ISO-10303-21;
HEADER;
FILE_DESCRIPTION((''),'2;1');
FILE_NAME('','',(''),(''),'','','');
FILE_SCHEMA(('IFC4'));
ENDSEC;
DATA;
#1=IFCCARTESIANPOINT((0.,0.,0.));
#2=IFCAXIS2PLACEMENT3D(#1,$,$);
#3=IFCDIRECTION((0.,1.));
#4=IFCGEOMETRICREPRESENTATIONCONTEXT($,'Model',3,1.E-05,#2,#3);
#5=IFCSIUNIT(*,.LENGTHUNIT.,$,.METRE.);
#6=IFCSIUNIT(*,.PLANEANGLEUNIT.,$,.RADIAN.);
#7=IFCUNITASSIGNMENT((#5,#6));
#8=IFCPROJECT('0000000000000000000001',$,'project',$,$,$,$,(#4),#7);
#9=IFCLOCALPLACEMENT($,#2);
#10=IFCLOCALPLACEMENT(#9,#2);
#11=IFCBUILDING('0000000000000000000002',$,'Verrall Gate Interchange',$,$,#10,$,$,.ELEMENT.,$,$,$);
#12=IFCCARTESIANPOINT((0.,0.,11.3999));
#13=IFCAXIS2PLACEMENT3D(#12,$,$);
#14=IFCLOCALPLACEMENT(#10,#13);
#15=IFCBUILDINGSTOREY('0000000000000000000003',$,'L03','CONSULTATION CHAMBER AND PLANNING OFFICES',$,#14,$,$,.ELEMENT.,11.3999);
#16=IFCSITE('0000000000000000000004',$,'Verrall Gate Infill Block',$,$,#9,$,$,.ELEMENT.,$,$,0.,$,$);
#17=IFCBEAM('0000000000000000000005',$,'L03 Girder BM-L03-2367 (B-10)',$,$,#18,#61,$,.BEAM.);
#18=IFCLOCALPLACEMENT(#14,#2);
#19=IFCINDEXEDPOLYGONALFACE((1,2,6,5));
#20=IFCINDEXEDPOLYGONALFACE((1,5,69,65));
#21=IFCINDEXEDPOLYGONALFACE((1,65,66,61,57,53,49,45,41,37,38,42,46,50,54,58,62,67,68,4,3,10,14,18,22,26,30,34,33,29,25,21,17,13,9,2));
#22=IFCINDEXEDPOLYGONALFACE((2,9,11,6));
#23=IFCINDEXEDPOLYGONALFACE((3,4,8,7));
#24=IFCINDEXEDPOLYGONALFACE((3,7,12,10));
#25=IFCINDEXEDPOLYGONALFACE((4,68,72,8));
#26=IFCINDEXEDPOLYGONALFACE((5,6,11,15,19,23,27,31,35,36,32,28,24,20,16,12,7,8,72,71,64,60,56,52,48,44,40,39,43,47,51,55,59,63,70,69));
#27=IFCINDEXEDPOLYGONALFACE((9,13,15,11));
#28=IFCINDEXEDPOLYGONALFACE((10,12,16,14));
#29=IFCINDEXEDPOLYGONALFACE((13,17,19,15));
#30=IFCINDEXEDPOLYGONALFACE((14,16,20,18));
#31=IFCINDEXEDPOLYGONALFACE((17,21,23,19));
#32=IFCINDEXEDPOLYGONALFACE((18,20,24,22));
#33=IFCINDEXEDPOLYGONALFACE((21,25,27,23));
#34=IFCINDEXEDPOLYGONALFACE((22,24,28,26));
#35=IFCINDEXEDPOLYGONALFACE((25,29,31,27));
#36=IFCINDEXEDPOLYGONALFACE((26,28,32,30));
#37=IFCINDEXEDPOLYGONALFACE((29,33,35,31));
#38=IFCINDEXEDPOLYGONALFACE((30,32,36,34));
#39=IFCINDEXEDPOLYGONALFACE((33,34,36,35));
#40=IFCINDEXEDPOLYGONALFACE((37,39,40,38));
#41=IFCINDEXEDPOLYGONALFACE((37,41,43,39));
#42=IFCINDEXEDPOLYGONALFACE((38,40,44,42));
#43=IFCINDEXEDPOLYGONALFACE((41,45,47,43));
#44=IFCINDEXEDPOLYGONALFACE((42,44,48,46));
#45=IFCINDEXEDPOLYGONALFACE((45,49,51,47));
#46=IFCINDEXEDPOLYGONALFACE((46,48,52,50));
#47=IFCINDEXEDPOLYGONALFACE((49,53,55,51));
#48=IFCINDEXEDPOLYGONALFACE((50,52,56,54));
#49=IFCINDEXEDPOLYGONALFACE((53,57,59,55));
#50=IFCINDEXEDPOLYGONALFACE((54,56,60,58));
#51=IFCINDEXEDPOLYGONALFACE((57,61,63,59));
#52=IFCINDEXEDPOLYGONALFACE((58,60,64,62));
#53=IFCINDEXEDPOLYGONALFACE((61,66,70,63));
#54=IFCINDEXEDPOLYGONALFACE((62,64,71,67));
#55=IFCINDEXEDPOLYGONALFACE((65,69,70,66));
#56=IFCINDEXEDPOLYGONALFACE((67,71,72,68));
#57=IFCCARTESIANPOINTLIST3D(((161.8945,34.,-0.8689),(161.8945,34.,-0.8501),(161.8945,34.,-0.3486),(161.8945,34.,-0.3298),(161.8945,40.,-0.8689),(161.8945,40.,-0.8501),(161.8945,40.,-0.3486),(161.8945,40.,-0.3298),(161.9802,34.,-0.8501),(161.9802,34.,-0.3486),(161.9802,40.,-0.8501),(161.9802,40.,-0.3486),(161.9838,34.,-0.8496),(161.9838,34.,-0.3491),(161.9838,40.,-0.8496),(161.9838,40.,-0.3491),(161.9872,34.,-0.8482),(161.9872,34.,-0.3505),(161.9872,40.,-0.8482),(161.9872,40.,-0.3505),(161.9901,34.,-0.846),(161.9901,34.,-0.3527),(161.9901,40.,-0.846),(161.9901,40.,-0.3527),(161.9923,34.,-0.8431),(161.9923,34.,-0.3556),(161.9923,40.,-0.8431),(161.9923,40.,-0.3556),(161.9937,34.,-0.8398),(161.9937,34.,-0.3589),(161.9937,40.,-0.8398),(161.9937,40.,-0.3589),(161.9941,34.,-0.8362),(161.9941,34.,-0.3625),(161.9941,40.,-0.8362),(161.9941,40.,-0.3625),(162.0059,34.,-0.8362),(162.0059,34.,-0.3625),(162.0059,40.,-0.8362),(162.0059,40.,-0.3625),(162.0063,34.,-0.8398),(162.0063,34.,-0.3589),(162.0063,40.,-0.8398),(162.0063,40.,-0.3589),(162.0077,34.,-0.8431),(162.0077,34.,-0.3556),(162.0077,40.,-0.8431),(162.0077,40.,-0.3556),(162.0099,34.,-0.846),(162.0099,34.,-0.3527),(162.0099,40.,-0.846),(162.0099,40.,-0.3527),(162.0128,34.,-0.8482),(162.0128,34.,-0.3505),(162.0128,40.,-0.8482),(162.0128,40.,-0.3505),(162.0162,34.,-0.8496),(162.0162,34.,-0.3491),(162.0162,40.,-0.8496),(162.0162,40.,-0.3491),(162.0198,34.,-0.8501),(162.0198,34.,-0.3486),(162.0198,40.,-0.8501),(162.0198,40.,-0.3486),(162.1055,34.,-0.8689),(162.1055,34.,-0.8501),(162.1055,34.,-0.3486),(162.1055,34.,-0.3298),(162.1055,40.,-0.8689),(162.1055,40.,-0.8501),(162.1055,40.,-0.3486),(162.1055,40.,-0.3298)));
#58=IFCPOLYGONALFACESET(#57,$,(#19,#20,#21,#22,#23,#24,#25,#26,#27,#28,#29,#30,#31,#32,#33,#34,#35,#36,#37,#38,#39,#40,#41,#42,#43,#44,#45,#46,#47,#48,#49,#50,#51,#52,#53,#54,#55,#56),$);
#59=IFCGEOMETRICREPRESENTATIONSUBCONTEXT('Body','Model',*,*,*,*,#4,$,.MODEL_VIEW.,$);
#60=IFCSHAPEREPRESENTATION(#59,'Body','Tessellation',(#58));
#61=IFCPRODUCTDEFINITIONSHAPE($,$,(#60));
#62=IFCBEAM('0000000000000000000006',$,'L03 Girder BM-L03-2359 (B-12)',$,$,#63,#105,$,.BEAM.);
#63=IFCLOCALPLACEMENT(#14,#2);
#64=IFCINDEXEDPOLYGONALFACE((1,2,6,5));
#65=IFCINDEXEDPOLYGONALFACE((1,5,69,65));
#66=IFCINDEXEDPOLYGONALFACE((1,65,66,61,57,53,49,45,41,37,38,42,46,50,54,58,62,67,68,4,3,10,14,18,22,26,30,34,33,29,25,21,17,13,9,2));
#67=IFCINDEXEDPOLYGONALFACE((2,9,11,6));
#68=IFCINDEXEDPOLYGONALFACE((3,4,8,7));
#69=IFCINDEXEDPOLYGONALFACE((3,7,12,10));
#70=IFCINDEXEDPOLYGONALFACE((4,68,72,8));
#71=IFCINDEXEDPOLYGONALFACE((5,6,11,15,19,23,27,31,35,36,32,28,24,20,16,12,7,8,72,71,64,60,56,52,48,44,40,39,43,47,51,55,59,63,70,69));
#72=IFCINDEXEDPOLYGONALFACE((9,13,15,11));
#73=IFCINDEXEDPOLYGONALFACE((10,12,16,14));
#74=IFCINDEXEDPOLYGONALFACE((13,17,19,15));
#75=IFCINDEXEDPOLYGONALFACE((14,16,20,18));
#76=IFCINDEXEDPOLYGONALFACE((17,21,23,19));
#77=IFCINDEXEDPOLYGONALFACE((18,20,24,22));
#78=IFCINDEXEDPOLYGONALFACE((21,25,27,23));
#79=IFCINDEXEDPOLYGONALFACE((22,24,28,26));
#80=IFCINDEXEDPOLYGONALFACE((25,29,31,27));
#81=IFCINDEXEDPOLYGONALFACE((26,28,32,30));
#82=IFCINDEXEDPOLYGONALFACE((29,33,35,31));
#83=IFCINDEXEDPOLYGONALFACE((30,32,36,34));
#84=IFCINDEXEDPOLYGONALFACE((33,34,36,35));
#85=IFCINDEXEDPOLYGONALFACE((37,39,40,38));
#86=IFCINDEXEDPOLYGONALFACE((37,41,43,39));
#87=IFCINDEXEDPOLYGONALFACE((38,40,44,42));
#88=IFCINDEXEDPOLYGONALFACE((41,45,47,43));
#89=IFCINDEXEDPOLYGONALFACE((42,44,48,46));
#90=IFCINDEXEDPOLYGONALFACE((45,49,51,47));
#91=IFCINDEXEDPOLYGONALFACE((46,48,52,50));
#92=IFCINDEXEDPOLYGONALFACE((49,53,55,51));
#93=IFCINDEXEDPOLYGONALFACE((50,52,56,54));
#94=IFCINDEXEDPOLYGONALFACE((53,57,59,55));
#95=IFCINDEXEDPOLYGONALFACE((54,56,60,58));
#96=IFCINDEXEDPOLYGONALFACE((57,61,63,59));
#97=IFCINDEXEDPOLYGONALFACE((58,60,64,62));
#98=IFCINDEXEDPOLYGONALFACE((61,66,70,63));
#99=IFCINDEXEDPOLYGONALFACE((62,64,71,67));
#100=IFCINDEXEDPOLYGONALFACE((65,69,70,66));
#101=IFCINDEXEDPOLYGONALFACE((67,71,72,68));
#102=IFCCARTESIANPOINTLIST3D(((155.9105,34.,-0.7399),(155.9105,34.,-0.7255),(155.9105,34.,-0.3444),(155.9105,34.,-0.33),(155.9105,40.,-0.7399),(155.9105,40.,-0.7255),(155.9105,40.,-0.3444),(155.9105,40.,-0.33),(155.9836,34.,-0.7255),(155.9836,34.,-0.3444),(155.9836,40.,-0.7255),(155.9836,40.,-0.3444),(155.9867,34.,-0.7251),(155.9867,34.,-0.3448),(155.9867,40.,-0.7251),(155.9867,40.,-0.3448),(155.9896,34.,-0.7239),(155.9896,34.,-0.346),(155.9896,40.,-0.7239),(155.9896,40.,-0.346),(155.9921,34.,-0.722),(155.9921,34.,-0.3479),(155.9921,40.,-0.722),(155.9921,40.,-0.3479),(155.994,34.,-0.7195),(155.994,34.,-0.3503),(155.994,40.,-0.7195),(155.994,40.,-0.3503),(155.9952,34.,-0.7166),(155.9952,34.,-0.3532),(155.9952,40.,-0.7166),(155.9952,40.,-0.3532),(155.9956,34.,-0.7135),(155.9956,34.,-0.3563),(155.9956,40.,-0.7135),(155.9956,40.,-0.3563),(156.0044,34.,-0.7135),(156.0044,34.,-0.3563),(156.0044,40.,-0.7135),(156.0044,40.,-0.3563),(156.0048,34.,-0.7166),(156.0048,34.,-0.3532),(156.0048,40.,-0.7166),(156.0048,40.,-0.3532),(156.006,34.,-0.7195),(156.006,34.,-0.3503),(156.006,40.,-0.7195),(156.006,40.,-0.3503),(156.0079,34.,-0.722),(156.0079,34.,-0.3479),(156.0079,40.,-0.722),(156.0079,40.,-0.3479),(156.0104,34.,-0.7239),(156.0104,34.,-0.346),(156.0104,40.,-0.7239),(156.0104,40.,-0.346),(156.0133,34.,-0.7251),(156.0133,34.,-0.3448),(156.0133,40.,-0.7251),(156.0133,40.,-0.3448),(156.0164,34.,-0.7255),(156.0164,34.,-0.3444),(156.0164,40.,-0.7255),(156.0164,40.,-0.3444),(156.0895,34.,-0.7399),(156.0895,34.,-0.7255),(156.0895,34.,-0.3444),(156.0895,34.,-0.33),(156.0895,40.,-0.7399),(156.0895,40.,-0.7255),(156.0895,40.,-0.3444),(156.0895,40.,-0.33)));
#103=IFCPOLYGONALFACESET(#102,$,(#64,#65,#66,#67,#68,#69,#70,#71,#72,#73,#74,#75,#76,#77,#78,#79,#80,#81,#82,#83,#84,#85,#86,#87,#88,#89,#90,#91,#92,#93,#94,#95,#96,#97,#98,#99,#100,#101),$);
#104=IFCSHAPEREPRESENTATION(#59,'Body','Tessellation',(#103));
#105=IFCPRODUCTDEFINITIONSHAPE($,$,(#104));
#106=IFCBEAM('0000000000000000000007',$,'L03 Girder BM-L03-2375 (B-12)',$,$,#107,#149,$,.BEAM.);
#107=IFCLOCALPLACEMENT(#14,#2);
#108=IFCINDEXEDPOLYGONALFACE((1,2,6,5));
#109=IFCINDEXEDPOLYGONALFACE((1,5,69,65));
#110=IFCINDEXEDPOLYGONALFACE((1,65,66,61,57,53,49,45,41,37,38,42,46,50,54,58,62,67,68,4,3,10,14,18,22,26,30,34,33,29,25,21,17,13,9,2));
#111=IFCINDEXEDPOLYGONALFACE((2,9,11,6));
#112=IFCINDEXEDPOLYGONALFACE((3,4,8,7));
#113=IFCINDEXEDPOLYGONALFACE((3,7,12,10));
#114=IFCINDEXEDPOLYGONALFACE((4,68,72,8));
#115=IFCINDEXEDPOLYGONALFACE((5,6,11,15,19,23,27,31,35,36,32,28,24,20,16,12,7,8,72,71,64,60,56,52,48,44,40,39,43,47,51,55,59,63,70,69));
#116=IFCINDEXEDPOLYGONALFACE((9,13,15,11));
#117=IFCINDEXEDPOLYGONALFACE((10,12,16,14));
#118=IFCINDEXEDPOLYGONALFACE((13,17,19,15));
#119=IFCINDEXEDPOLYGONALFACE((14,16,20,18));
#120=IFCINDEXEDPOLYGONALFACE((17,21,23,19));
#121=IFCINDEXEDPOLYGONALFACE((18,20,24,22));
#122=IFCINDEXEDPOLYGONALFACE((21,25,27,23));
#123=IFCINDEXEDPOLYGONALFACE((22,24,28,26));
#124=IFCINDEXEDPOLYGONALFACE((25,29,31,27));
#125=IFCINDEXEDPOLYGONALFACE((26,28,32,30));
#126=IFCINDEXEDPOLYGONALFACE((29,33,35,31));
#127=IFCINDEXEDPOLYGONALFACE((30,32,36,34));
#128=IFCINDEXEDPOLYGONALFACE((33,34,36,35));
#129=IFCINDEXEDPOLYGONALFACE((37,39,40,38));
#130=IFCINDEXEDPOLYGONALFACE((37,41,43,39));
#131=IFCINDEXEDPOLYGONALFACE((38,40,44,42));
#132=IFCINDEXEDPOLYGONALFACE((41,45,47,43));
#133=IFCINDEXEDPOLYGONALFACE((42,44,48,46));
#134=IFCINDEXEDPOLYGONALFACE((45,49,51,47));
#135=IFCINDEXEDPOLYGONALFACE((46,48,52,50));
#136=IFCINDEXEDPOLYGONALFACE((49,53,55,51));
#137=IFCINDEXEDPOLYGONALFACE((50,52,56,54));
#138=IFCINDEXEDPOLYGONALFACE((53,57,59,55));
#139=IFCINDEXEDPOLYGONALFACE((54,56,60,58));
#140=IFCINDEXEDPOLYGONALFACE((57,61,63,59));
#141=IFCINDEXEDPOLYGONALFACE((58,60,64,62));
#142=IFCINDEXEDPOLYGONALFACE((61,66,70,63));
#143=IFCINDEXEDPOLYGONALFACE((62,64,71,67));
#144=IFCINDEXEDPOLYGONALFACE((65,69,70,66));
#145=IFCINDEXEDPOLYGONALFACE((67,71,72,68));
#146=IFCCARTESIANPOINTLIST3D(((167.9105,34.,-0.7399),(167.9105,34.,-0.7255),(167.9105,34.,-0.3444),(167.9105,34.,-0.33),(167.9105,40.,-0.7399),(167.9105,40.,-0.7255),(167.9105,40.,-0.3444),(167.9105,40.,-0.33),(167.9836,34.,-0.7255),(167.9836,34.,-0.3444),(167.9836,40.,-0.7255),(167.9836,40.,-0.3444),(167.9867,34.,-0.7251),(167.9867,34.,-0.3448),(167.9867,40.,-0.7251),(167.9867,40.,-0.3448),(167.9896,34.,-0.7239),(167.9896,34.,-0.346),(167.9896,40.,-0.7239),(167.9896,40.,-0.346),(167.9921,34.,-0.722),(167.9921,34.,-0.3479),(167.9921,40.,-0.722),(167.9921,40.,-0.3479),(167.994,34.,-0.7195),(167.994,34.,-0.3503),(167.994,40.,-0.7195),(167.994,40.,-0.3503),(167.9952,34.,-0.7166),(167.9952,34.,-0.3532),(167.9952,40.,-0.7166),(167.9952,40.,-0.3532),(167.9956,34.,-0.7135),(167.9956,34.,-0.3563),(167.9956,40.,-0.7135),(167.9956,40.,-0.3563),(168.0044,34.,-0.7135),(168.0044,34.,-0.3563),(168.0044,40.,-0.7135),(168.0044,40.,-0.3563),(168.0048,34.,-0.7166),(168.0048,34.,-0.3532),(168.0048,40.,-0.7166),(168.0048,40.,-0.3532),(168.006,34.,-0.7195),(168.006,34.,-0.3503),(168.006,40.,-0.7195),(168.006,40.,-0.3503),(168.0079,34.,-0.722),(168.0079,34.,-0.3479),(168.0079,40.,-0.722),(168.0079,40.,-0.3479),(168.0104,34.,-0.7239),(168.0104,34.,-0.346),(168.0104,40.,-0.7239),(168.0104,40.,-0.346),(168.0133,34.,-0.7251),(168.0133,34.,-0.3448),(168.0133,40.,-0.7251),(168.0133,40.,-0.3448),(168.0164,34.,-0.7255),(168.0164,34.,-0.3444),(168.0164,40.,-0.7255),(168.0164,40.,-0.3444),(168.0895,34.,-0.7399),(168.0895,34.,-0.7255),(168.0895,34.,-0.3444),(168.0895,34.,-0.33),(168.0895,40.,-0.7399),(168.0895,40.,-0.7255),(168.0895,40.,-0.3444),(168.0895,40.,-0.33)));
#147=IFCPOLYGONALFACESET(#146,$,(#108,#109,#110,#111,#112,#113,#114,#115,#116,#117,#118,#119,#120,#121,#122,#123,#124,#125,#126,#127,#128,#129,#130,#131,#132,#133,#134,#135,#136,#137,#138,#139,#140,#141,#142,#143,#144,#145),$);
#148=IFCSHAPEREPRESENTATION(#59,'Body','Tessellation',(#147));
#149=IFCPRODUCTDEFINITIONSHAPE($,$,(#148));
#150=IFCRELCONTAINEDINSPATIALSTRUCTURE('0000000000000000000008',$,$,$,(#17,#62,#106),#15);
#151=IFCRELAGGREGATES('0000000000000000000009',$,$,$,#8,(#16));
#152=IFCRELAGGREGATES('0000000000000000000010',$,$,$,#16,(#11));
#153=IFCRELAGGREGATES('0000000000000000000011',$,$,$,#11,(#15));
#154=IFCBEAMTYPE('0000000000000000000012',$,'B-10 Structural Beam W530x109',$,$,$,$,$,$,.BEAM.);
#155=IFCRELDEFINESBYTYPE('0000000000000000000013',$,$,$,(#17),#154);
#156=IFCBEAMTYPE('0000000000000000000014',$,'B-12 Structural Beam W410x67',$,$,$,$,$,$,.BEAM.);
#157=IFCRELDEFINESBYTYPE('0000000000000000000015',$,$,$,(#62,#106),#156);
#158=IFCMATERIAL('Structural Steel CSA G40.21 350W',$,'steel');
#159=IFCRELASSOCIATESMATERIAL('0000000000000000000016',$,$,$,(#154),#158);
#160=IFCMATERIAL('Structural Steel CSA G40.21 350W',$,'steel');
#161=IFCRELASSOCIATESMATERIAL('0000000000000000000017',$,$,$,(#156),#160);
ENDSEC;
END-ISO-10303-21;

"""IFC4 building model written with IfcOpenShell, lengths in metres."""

from ifc_helpers import new_model, si_unit, direction, frame, origin, origin_2d, place, context, subcontext, project, spatial, i_section, extrude, material, material_profile, profile_set, type_object, element, save


model = new_model("IFC4")

# Units and contexts
model_context = context("Model", 3, precision=1e-05, world=origin(), true_north=direction((0.0, 1.0)))
body_context = subcontext(model_context, "Body", "Model", "MODEL_VIEW")
ifc_project = project(units=[si_unit("LENGTHUNIT", "METRE"), si_unit("PLANEANGLEUNIT", "RADIAN")], contexts=[model_context])

# Site, building, storey
site_placement = place(None, origin())
site = spatial("IfcSite", under=ifc_project, at=site_placement, Name="Verrall Gate Infill Block", CompositionType="ELEMENT", RefElevation=0.0)
building_placement = place(site_placement, origin())
building = spatial("IfcBuilding", under=site, at=building_placement, Name="Verrall Gate Interchange", CompositionType="ELEMENT")
storey_placement = place(building_placement, frame((0.0, 0.0, 11.3999)))
storey = spatial("IfcBuildingStorey", under=building, at=storey_placement, Name="L03", Description="CONSULTATION CHAMBER AND PLANNING OFFICES", CompositionType="ELEMENT", Elevation=11.3999)

# Beams
ifc_material_1 = material(Name="Structural Steel CSA G40.21 350W", Category="steel")
ifc_material_profile_1 = material_profile(ifc_material_1, i_section(OverallWidth=0.2109, OverallDepth=0.5391, WebThickness=0.0117, FlangeThickness=0.0188, FilletRadius=0.0139, at=origin_2d()), Name="W530x109")
ifc_profile_set_1 = profile_set([ifc_material_profile_1], Name="Structural Steel CSA G40.21 350W")
beam_type_1 = type_object("IfcBeamType", Name="B-10 Structural Beam W530x109", PredefinedType="BEAM", material=ifc_profile_set_1)
for number, where, z_axis, x_axis, name in (
    (1, (162.0, 34.0, -0.5994), (0.0, 1.0, 0.0), (-1.0, 0.0, 0.0), "L03 Girder BM-L03-2367 (B-10)"),
):
    element("IfcBeam", number, at=place(storey_placement, frame(where, z_axis=z_axis, x_axis=x_axis)), inside=storey, type_object=beam_type_1, Name=name, PredefinedType="BEAM", context=body_context, shape_type="SweptSolid", body=[
        extrude(i_section(OverallWidth=0.2109, OverallDepth=0.5391, WebThickness=0.0117, FlangeThickness=0.0188, FilletRadius=0.0139, at=origin_2d()), origin(), (0.0, 0.0, 1.0), 6.0),
    ])
ifc_material_2 = material(Name="Structural Steel CSA G40.21 350W", Category="steel")
ifc_material_profile_2 = material_profile(ifc_material_2, i_section(OverallWidth=0.179, OverallDepth=0.4099, WebThickness=0.0088, FlangeThickness=0.0144, FilletRadius=0.012, at=origin_2d()), Name="W410x67")
ifc_profile_set_2 = profile_set([ifc_material_profile_2], Name="Structural Steel CSA G40.21 350W")
beam_type_2 = type_object("IfcBeamType", Name="B-12 Structural Beam W410x67", PredefinedType="BEAM", material=ifc_profile_set_2)
for number, where, z_axis, x_axis, name in (
    (2, (156.0, 34.0, -0.5349), (0.0, 1.0, 0.0), (-1.0, 0.0, 0.0), "L03 Girder BM-L03-2359 (B-12)"),
    (3, (168.0, 34.0, -0.5349), (0.0, 1.0, 0.0), (-1.0, 0.0, 0.0), "L03 Girder BM-L03-2375 (B-12)"),
):
    element("IfcBeam", number, at=place(storey_placement, frame(where, z_axis=z_axis, x_axis=x_axis)), inside=storey, type_object=beam_type_2, Name=name, PredefinedType="BEAM", context=body_context, shape_type="SweptSolid", body=[
        extrude(i_section(OverallWidth=0.179, OverallDepth=0.4099, WebThickness=0.0088, FlangeThickness=0.0144, FilletRadius=0.012, at=origin_2d()), origin(), (0.0, 0.0, 1.0), 6.0),
    ])

save(model, "model.ifc")
